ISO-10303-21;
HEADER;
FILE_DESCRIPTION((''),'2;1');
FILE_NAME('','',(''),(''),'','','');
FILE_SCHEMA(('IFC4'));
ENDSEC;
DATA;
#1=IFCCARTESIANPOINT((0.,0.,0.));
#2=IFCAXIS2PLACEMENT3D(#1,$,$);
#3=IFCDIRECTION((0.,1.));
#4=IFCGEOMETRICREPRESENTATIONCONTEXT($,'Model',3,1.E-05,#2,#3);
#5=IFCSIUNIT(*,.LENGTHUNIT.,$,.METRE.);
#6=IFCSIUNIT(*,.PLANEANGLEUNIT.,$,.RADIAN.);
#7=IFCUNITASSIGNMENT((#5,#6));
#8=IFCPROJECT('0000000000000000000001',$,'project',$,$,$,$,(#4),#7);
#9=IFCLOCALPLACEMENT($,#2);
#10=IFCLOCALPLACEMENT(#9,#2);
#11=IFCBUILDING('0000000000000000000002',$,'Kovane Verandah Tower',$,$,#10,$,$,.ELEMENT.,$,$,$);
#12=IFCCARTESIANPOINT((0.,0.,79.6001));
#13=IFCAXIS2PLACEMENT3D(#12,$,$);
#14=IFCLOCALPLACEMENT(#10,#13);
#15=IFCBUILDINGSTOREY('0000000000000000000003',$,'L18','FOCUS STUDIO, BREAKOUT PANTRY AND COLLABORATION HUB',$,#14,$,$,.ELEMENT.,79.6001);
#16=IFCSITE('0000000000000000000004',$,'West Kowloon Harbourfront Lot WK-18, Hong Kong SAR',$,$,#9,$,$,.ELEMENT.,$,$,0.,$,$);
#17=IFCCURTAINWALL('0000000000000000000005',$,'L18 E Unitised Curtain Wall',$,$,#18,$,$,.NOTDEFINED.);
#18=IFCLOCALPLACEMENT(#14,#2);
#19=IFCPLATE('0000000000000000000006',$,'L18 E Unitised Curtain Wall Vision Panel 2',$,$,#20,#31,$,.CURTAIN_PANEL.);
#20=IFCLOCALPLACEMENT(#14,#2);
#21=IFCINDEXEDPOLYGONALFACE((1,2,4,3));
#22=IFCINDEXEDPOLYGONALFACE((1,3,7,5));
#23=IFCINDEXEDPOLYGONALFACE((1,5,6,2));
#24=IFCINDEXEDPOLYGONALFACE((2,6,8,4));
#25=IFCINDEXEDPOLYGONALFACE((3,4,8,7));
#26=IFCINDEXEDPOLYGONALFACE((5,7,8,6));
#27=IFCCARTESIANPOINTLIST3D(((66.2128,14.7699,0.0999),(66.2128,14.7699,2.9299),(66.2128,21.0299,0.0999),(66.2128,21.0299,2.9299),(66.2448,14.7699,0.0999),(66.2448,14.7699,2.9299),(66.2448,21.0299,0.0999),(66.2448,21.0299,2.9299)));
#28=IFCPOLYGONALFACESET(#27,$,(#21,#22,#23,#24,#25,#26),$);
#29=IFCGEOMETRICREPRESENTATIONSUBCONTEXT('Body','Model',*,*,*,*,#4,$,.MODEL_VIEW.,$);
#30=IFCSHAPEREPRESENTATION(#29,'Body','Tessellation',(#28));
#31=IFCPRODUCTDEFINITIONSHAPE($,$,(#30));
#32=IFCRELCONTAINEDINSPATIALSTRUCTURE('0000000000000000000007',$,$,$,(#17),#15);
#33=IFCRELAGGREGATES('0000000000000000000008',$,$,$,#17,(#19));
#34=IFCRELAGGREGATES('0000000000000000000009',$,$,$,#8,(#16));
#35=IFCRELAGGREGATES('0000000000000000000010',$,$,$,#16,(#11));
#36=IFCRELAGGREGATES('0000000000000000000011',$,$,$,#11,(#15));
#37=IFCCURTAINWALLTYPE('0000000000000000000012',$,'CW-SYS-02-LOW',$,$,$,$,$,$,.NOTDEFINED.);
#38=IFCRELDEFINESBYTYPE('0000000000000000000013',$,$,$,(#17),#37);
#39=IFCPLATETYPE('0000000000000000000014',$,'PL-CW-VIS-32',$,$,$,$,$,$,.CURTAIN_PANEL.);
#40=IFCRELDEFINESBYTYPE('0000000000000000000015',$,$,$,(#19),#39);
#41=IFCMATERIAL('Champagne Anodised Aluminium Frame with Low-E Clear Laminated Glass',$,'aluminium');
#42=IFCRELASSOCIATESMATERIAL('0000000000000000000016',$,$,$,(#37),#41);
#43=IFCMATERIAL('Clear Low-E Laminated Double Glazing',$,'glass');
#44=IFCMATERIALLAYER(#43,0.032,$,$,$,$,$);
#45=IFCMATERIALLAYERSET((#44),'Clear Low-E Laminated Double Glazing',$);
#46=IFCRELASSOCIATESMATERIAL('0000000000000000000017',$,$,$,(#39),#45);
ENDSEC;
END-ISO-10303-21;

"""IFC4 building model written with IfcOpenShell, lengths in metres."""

from ifc_helpers import new_model, si_unit, direction, frame, origin, origin_2d, place, context, subcontext, project, spatial, rectangle, extrude, material, layer, layer_set, type_object, element, aggregate, save


model = new_model("IFC4")

# Units and contexts
model_context = context("Model", 3, precision=1e-05, world=origin(), true_north=direction((0.0, 1.0)))
body_context = subcontext(model_context, "Body", "Model", "MODEL_VIEW")
ifc_project = project(units=[si_unit("LENGTHUNIT", "METRE"), si_unit("PLANEANGLEUNIT", "RADIAN")], contexts=[model_context])

# Site, building, storey
site_placement = place(None, origin())
site = spatial("IfcSite", under=ifc_project, at=site_placement, Name="West Kowloon Harbourfront Lot WK-18, Hong Kong SAR", CompositionType="ELEMENT", RefElevation=0.0)
building_placement = place(site_placement, origin())
building = spatial("IfcBuilding", under=site, at=building_placement, Name="Kovane Verandah Tower", CompositionType="ELEMENT")
storey_placement = place(building_placement, frame((0.0, 0.0, 79.6001)))
storey = spatial("IfcBuildingStorey", under=building, at=storey_placement, Name="L18", Description="FOCUS STUDIO, BREAKOUT PANTRY AND COLLABORATION HUB", CompositionType="ELEMENT", Elevation=79.6001)

# Curtain wall
ifc_material_1 = material(Name="Champagne Anodised Aluminium Frame with Low-E Clear Laminated Glass", Category="aluminium")
curtain_wall_type = type_object("IfcCurtainWallType", Name="CW-SYS-02-LOW", PredefinedType="NOTDEFINED", material=ifc_material_1)
curtain_wall_placement = place(storey_placement, origin())
curtain_wall = element("IfcCurtainWall", 1, at=curtain_wall_placement, inside=storey, type_object=curtain_wall_type, Name="L18 E Unitised Curtain Wall", PredefinedType="NOTDEFINED")

# Plate
ifc_material_2 = material(Name="Clear Low-E Laminated Double Glazing", Category="glass")
ifc_layer_1 = layer(ifc_material_2, 0.032)
ifc_layer_set_1 = layer_set([ifc_layer_1], Name="Clear Low-E Laminated Double Glazing")
plate_type_1 = type_object("IfcPlateType", Name="PL-CW-VIS-32", PredefinedType="CURTAIN_PANEL", material=ifc_layer_set_1)
plate_1_placement = place(storey_placement, frame((66.2288, 17.8999, 0.0999), z_axis=(0.0, 0.0, 1.0), x_axis=(0.0, 1.0, 0.0)))
plate_1 = element("IfcPlate", 2, at=plate_1_placement, type_object=plate_type_1, Name="L18 E Unitised Curtain Wall Vision Panel 2", PredefinedType="CURTAIN_PANEL", context=body_context, shape_type="SweptSolid", body=[
    extrude(rectangle(XDim=6.26, YDim=0.032, at=origin_2d()), origin(), (0.0, 0.0, 1.0), 2.8301),
])
aggregate(curtain_wall, [plate_1])

save(model, "model.ifc")
